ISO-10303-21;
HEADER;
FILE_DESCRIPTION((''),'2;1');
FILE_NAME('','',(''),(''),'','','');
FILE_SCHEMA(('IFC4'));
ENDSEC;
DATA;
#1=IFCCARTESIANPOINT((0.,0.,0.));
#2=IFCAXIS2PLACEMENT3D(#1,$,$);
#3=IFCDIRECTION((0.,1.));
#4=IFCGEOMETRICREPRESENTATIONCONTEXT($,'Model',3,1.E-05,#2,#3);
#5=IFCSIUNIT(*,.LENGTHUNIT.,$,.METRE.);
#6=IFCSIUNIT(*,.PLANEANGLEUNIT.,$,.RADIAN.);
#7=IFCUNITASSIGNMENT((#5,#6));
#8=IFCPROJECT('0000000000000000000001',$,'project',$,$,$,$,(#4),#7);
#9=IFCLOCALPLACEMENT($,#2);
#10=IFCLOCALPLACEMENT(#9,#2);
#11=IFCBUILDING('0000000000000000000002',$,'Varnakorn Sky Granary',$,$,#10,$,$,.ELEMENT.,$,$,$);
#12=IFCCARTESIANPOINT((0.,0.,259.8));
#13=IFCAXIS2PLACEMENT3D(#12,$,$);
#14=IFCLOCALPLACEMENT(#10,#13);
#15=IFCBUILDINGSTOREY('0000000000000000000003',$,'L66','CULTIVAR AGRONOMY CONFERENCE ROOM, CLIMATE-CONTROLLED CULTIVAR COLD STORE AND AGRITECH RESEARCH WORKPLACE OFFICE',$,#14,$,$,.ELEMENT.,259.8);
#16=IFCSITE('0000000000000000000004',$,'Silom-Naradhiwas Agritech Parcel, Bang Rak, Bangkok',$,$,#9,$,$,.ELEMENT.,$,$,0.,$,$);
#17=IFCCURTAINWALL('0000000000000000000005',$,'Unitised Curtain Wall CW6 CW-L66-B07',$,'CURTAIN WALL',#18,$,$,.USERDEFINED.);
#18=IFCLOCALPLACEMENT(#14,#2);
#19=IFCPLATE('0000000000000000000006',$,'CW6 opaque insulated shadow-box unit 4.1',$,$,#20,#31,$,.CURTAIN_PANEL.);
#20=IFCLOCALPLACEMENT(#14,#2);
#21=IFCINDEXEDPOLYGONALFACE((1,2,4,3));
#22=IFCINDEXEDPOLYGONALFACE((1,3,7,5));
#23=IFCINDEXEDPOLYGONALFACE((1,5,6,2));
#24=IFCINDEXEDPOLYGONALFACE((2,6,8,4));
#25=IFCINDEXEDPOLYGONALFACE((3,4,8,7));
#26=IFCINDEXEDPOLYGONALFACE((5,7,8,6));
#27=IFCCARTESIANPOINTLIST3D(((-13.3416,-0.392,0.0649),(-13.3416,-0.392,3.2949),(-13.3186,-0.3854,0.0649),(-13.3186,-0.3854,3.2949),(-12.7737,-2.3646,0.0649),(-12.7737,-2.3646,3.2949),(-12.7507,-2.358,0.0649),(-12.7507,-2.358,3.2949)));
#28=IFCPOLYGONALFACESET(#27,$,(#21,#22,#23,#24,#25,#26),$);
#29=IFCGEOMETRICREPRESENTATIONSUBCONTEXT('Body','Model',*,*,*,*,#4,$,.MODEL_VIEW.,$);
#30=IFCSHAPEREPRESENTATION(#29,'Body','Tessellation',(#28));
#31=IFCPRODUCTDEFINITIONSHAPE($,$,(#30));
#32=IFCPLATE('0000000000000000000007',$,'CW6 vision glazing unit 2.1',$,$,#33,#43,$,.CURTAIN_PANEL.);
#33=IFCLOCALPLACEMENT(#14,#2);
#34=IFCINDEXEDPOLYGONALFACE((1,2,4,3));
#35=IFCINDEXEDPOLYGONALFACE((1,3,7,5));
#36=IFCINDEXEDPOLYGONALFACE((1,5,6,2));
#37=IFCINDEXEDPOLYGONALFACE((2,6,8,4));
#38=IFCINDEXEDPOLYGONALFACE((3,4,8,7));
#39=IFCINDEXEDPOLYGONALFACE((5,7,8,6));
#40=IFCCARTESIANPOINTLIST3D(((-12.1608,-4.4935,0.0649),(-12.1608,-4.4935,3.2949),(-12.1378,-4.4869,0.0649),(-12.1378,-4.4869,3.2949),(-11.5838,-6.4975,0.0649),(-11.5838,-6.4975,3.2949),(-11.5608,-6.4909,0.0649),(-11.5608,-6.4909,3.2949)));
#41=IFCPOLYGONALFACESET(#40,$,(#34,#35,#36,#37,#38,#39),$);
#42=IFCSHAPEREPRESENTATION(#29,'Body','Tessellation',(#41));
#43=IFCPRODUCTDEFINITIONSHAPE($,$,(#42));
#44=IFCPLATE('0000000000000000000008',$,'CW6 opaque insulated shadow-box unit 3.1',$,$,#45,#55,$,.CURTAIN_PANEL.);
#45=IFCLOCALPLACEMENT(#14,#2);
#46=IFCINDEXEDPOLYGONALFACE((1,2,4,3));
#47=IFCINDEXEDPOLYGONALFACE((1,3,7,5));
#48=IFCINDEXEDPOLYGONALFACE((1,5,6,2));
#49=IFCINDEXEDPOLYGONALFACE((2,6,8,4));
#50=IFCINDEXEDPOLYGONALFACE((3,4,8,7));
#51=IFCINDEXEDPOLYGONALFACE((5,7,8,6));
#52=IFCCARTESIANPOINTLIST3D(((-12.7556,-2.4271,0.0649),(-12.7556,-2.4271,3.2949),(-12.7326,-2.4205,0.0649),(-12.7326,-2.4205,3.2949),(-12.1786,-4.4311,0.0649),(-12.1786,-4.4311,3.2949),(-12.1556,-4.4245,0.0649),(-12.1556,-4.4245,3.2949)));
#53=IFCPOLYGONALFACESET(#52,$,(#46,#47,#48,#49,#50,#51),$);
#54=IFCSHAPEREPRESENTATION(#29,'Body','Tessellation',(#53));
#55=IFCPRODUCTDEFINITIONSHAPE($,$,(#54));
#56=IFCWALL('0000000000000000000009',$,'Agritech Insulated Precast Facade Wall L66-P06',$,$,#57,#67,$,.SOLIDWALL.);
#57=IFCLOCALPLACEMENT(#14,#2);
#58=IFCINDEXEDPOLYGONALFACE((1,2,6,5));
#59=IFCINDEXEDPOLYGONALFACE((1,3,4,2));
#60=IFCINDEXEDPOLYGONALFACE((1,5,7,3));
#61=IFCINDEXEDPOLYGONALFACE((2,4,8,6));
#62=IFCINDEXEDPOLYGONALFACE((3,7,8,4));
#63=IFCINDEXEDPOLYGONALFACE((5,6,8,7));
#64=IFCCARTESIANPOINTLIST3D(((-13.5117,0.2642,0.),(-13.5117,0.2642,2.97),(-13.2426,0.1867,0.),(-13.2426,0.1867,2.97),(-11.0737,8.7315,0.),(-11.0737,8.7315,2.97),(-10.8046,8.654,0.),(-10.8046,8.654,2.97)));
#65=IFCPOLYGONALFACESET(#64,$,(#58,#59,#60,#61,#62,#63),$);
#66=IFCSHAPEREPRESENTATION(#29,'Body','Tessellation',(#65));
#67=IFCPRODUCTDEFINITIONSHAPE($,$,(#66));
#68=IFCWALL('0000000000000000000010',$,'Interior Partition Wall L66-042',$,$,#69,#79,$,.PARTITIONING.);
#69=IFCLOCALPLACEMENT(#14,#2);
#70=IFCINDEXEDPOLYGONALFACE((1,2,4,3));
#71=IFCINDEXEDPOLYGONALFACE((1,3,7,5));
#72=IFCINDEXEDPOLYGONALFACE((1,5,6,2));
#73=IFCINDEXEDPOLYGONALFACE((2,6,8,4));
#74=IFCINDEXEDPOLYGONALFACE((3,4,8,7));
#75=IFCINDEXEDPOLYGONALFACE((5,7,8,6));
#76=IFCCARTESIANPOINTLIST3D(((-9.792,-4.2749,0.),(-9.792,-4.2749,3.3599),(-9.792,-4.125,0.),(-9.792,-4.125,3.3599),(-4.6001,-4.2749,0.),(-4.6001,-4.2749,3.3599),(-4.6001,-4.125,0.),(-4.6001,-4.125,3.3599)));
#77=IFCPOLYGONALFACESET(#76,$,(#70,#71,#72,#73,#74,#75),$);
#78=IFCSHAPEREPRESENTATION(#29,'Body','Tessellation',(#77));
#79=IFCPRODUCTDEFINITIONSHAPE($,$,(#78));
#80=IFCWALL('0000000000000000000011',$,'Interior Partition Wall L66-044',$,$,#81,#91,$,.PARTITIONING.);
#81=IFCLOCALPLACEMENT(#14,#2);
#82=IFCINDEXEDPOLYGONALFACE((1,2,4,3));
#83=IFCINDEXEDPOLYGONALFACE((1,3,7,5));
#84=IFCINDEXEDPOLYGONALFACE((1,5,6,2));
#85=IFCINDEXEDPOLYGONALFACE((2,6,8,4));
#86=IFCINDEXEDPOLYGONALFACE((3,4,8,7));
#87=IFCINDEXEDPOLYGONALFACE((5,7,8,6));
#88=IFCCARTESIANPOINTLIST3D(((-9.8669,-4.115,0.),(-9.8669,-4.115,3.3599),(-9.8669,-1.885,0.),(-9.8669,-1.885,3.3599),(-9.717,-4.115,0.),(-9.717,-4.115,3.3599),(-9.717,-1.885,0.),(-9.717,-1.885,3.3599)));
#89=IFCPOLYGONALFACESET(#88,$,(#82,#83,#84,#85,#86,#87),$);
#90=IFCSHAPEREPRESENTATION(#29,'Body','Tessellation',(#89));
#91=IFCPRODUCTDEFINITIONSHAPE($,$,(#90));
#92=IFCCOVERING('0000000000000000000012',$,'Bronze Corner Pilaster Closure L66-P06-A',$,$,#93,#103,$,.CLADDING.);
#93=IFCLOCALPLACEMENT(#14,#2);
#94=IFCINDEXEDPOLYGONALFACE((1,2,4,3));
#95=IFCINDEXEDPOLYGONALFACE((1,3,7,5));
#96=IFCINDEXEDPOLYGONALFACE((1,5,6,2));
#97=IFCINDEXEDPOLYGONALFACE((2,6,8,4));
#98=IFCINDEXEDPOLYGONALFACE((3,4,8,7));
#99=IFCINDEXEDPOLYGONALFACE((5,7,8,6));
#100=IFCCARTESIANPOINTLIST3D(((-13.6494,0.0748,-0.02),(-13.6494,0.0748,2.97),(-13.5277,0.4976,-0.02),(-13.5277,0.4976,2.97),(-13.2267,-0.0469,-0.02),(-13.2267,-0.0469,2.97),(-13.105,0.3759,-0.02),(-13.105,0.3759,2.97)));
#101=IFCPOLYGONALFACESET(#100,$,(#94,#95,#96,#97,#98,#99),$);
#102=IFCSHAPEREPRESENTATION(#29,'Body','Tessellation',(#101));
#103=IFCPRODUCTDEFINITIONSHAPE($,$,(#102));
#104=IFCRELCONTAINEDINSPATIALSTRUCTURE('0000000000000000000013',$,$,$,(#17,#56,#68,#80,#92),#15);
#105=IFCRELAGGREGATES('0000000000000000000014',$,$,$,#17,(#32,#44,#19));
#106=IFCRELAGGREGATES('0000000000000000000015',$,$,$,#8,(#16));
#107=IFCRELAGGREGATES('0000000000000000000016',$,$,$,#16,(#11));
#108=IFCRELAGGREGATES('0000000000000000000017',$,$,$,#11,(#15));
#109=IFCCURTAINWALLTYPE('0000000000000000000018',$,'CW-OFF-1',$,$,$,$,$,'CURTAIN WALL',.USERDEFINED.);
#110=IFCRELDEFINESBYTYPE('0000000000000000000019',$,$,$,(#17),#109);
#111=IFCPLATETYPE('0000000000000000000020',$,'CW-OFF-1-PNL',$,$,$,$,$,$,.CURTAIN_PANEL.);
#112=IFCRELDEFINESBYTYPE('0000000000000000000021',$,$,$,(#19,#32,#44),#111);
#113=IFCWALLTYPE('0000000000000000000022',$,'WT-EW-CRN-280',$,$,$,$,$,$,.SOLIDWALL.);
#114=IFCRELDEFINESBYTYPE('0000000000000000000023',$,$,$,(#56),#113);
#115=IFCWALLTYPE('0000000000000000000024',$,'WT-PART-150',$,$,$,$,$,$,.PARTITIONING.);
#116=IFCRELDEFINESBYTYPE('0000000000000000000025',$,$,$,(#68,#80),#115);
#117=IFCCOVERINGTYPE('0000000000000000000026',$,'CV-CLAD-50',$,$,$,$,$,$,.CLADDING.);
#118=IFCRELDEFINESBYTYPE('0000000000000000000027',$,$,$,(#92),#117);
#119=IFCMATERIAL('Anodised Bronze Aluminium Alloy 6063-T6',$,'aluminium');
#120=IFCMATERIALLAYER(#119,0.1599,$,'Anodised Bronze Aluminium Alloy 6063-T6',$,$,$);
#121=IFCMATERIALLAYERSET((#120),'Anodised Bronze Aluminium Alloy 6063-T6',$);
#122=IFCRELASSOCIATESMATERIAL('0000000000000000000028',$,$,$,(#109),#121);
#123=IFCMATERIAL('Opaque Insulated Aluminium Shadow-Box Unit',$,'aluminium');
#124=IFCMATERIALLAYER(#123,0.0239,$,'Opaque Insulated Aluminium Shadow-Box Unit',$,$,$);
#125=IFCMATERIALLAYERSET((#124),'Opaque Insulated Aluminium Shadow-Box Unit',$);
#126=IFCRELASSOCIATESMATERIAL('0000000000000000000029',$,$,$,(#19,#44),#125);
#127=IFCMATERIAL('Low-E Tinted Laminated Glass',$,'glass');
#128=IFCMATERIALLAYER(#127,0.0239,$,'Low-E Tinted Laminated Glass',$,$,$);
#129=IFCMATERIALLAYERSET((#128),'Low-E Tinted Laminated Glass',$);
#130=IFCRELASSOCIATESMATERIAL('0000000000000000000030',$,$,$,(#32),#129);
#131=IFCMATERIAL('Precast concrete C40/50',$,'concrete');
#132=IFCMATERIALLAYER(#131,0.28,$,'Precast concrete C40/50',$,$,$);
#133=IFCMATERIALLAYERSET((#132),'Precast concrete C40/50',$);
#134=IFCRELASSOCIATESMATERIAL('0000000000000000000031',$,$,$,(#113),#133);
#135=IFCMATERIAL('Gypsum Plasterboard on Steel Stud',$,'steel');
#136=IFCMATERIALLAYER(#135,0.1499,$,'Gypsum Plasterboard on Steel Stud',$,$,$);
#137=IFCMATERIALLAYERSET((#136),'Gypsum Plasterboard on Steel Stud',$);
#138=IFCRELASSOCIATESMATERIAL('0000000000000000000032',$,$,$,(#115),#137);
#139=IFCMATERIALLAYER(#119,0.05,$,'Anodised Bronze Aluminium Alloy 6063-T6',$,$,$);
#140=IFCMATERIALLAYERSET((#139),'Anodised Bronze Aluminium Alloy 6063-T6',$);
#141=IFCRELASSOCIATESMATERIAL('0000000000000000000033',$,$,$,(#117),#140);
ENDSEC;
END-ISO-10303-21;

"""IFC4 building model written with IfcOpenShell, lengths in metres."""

from ifc_helpers import new_model, si_unit, direction, frame, frame_2d, origin, origin_2d, place, context, subcontext, project, spatial, rectangle, extrude, source, transform, mapped, material, layer, layer_set, type_object, type_shapes, element, aggregate, save


model = new_model("IFC4")

# Units and contexts
model_context = context("Model", 3, precision=1e-05, world=origin(), true_north=direction((0.0, 1.0)))
body_context = subcontext(model_context, "Body", "Model", "MODEL_VIEW")
ifc_project = project(units=[si_unit("LENGTHUNIT", "METRE"), si_unit("PLANEANGLEUNIT", "RADIAN")], contexts=[model_context])

# Site, building, storey
site_placement = place(None, origin())
site = spatial("IfcSite", under=ifc_project, at=site_placement, Name="Silom-Naradhiwas Agritech Parcel, Bang Rak, Bangkok", CompositionType="ELEMENT", RefElevation=0.0)
building_placement = place(site_placement, origin())
building = spatial("IfcBuilding", under=site, at=building_placement, Name="Varnakorn Sky Granary", CompositionType="ELEMENT")
storey_placement = place(building_placement, frame((0.0, 0.0, 259.8)))
storey = spatial("IfcBuildingStorey", under=building, at=storey_placement, Name="L66", Description="CULTIVAR AGRONOMY CONFERENCE ROOM, CLIMATE-CONTROLLED CULTIVAR COLD STORE AND AGRITECH RESEARCH WORKPLACE OFFICE", CompositionType="ELEMENT", Elevation=259.8)

# Curtain wall
ifc_material_1 = material(Name="Anodised Bronze Aluminium Alloy 6063-T6", Category="aluminium")
ifc_layer_1 = layer(ifc_material_1, 0.1599, Name="Anodised Bronze Aluminium Alloy 6063-T6")
ifc_layer_set_1 = layer_set([ifc_layer_1], Name="Anodised Bronze Aluminium Alloy 6063-T6")
curtain_wall_type = type_object("IfcCurtainWallType", Name="CW-OFF-1", ElementType="CURTAIN WALL", PredefinedType="USERDEFINED", material=ifc_layer_set_1)
curtain_wall_placement = place(storey_placement, origin())
curtain_wall = element("IfcCurtainWall", 1, at=curtain_wall_placement, inside=storey, type_object=curtain_wall_type, Name="Unitised Curtain Wall CW6 CW-L66-B07", ObjectType="CURTAIN WALL", PredefinedType="USERDEFINED")

# Plates
ifc_material_2 = material(Name="Opaque Insulated Aluminium Shadow-Box Unit", Category="aluminium")
ifc_layer_2 = layer(ifc_material_2, 0.0239, Name="Opaque Insulated Aluminium Shadow-Box Unit")
ifc_layer_set_2 = layer_set([ifc_layer_2], Name="Opaque Insulated Aluminium Shadow-Box Unit")
plate_type_1 = type_object("IfcPlateType", Name="CW-OFF-1-PNL", PredefinedType="CURTAIN_PANEL")
shared_shape_1 = source(origin(), body_context, "Body", "SweptSolid", [
    extrude(rectangle(XDim=2.0527, YDim=0.0239, at=origin_2d()), origin(), (0.0, 0.0, 1.0), 3.23),
])
plate_1_placement = place(storey_placement, frame((-13.0461, -1.375, 0.0649), z_axis=(0.0, 0.0, 1.0), x_axis=(-0.276677, 0.960963, 0.0)))
plate_1 = element("IfcPlate", 2, at=plate_1_placement, type_object=plate_type_1, material=ifc_layer_set_2, Name="CW6 opaque insulated shadow-box unit 4.1", PredefinedType="CURTAIN_PANEL", context=body_context, shape_type="MappedRepresentation", body=[
    mapped(shared_shape_1, transform((0.0, 0.0, 0.0), x_axis=(1.0, 0.0, 0.0), y_axis=(0.0, 1.0, 0.0), z_axis=(0.0, 0.0, 1.0), scale=1.0)),
])
ifc_material_3 = material(Name="Low-E Tinted Laminated Glass", Category="glass")
ifc_layer_3 = layer(ifc_material_3, 0.0239, Name="Low-E Tinted Laminated Glass")
ifc_layer_set_3 = layer_set([ifc_layer_3], Name="Low-E Tinted Laminated Glass")
shared_shape_2 = source(origin(), body_context, "Body", "SweptSolid", [
    extrude(rectangle(XDim=2.0854, YDim=0.0239, at=origin_2d()), origin(), (0.0, 0.0, 1.0), 3.23),
])
type_shapes(plate_type_1, [shared_shape_1, shared_shape_2])
plate_2_placement = place(storey_placement, frame((-11.8608, -5.4922, 0.0649), z_axis=(0.0, 0.0, 1.0), x_axis=(-0.276677, 0.960963, 0.0)))
plate_2 = element("IfcPlate", 3, at=plate_2_placement, type_object=plate_type_1, material=ifc_layer_set_3, Name="CW6 vision glazing unit 2.1", PredefinedType="CURTAIN_PANEL", context=body_context, shape_type="MappedRepresentation", body=[
    mapped(shared_shape_2, transform((0.0, 0.0, 0.0), x_axis=(1.0, 0.0, 0.0), y_axis=(0.0, 1.0, 0.0), z_axis=(0.0, 0.0, 1.0), scale=1.0)),
])
plate_3_placement = place(storey_placement, frame((-12.4556, -3.4258, 0.0649), z_axis=(0.0, 0.0, 1.0), x_axis=(-0.276677, 0.960963, 0.0)))
plate_3 = element("IfcPlate", 4, at=plate_3_placement, type_object=plate_type_1, material=ifc_layer_set_2, Name="CW6 opaque insulated shadow-box unit 3.1", PredefinedType="CURTAIN_PANEL", context=body_context, shape_type="MappedRepresentation", body=[
    mapped(shared_shape_2, transform((0.0, 0.0, 0.0), x_axis=(1.0, 0.0, 0.0), y_axis=(0.0, 1.0, 0.0), z_axis=(0.0, 0.0, 1.0), scale=1.0)),
])
aggregate(curtain_wall, [plate_2, plate_3, plate_1])

# Walls
ifc_material_4 = material(Name="Precast concrete C40/50", Category="concrete")
ifc_layer_4 = layer(ifc_material_4, 0.28, Name="Precast concrete C40/50")
ifc_layer_set_4 = layer_set([ifc_layer_4], Name="Precast concrete C40/50")
wall_type_1 = type_object("IfcWallType", Name="WT-EW-CRN-280", PredefinedType="SOLIDWALL", material=ifc_layer_set_4)
wall_1_placement = place(storey_placement, frame((-13.3772, 0.2253, 0.0), z_axis=(0.0, 0.0, 1.0), x_axis=(0.276689, 0.960959, 0.0)))
element("IfcWall", 5, at=wall_1_placement, inside=storey, type_object=wall_type_1, Name="Agritech Insulated Precast Facade Wall L66-P06", PredefinedType="SOLIDWALL", context=body_context, shape_type="SweptSolid", body=[
    extrude(rectangle(XDim=8.8113, YDim=0.28, at=frame_2d((4.4058, 0.0))), origin(), (0.0, 0.0, 1.0), 2.97),
])
ifc_material_5 = material(Name="Gypsum Plasterboard on Steel Stud", Category="steel")
ifc_layer_5 = layer(ifc_material_5, 0.1499, Name="Gypsum Plasterboard on Steel Stud")
ifc_layer_set_5 = layer_set([ifc_layer_5], Name="Gypsum Plasterboard on Steel Stud")
wall_type_2 = type_object("IfcWallType", Name="WT-PART-150", PredefinedType="PARTITIONING", material=ifc_layer_set_5)
wall_2_placement = place(storey_placement, frame((-9.792, -4.2, 0.0), z_axis=(0.0, 0.0, 1.0), x_axis=(1.0, 0.0, 0.0)))
element("IfcWall", 6, at=wall_2_placement, inside=storey, type_object=wall_type_2, Name="Interior Partition Wall L66-042", PredefinedType="PARTITIONING", context=body_context, shape_type="SweptSolid", body=[
    extrude(rectangle(XDim=5.1919, YDim=0.1499, at=frame_2d((2.5959, 0.0))), origin(), (0.0, 0.0, 1.0), 3.3599),
])
wall_3_placement = place(storey_placement, frame((-9.792, -1.885, 0.0), z_axis=(0.0, 0.0, 1.0), x_axis=(0.0, -1.0, 0.0)))
element("IfcWall", 7, at=wall_3_placement, inside=storey, type_object=wall_type_2, Name="Interior Partition Wall L66-044", PredefinedType="PARTITIONING", context=body_context, shape_type="SweptSolid", body=[
    extrude(rectangle(XDim=2.23, YDim=0.1499, at=frame_2d((1.115, 0.0))), origin(), (0.0, 0.0, 1.0), 3.3599),
])

# Covering
ifc_layer_6 = layer(ifc_material_1, 0.05, Name="Anodised Bronze Aluminium Alloy 6063-T6")
ifc_layer_set_6 = layer_set([ifc_layer_6], Name="Anodised Bronze Aluminium Alloy 6063-T6")
covering_type = type_object("IfcCoveringType", Name="CV-CLAD-50", PredefinedType="CLADDING", material=ifc_layer_set_6)
shared_shape_3 = source(origin(), body_context, "Body", "SweptSolid", [
    extrude(rectangle(XDim=0.4399, YDim=0.4399, at=origin_2d()), origin(), (0.0, 0.0, 1.0), 2.99),
])
type_shapes(covering_type, [shared_shape_3])
covering_placement = place(storey_placement, frame((-13.3772, 0.2253, -0.02), z_axis=(0.0, 0.0, 1.0), x_axis=(0.276644, 0.960973, 0.0)))
element("IfcCovering", 8, at=covering_placement, inside=storey, type_object=covering_type, Name="Bronze Corner Pilaster Closure L66-P06-A", PredefinedType="CLADDING", context=body_context, shape_type="MappedRepresentation", body=[
    mapped(shared_shape_3, transform((0.0, 0.0, 0.0), x_axis=(1.0, 0.0, 0.0), y_axis=(0.0, 1.0, 0.0), z_axis=(0.0, 0.0, 1.0), scale=1.0)),
])

save(model, "model.ifc")
